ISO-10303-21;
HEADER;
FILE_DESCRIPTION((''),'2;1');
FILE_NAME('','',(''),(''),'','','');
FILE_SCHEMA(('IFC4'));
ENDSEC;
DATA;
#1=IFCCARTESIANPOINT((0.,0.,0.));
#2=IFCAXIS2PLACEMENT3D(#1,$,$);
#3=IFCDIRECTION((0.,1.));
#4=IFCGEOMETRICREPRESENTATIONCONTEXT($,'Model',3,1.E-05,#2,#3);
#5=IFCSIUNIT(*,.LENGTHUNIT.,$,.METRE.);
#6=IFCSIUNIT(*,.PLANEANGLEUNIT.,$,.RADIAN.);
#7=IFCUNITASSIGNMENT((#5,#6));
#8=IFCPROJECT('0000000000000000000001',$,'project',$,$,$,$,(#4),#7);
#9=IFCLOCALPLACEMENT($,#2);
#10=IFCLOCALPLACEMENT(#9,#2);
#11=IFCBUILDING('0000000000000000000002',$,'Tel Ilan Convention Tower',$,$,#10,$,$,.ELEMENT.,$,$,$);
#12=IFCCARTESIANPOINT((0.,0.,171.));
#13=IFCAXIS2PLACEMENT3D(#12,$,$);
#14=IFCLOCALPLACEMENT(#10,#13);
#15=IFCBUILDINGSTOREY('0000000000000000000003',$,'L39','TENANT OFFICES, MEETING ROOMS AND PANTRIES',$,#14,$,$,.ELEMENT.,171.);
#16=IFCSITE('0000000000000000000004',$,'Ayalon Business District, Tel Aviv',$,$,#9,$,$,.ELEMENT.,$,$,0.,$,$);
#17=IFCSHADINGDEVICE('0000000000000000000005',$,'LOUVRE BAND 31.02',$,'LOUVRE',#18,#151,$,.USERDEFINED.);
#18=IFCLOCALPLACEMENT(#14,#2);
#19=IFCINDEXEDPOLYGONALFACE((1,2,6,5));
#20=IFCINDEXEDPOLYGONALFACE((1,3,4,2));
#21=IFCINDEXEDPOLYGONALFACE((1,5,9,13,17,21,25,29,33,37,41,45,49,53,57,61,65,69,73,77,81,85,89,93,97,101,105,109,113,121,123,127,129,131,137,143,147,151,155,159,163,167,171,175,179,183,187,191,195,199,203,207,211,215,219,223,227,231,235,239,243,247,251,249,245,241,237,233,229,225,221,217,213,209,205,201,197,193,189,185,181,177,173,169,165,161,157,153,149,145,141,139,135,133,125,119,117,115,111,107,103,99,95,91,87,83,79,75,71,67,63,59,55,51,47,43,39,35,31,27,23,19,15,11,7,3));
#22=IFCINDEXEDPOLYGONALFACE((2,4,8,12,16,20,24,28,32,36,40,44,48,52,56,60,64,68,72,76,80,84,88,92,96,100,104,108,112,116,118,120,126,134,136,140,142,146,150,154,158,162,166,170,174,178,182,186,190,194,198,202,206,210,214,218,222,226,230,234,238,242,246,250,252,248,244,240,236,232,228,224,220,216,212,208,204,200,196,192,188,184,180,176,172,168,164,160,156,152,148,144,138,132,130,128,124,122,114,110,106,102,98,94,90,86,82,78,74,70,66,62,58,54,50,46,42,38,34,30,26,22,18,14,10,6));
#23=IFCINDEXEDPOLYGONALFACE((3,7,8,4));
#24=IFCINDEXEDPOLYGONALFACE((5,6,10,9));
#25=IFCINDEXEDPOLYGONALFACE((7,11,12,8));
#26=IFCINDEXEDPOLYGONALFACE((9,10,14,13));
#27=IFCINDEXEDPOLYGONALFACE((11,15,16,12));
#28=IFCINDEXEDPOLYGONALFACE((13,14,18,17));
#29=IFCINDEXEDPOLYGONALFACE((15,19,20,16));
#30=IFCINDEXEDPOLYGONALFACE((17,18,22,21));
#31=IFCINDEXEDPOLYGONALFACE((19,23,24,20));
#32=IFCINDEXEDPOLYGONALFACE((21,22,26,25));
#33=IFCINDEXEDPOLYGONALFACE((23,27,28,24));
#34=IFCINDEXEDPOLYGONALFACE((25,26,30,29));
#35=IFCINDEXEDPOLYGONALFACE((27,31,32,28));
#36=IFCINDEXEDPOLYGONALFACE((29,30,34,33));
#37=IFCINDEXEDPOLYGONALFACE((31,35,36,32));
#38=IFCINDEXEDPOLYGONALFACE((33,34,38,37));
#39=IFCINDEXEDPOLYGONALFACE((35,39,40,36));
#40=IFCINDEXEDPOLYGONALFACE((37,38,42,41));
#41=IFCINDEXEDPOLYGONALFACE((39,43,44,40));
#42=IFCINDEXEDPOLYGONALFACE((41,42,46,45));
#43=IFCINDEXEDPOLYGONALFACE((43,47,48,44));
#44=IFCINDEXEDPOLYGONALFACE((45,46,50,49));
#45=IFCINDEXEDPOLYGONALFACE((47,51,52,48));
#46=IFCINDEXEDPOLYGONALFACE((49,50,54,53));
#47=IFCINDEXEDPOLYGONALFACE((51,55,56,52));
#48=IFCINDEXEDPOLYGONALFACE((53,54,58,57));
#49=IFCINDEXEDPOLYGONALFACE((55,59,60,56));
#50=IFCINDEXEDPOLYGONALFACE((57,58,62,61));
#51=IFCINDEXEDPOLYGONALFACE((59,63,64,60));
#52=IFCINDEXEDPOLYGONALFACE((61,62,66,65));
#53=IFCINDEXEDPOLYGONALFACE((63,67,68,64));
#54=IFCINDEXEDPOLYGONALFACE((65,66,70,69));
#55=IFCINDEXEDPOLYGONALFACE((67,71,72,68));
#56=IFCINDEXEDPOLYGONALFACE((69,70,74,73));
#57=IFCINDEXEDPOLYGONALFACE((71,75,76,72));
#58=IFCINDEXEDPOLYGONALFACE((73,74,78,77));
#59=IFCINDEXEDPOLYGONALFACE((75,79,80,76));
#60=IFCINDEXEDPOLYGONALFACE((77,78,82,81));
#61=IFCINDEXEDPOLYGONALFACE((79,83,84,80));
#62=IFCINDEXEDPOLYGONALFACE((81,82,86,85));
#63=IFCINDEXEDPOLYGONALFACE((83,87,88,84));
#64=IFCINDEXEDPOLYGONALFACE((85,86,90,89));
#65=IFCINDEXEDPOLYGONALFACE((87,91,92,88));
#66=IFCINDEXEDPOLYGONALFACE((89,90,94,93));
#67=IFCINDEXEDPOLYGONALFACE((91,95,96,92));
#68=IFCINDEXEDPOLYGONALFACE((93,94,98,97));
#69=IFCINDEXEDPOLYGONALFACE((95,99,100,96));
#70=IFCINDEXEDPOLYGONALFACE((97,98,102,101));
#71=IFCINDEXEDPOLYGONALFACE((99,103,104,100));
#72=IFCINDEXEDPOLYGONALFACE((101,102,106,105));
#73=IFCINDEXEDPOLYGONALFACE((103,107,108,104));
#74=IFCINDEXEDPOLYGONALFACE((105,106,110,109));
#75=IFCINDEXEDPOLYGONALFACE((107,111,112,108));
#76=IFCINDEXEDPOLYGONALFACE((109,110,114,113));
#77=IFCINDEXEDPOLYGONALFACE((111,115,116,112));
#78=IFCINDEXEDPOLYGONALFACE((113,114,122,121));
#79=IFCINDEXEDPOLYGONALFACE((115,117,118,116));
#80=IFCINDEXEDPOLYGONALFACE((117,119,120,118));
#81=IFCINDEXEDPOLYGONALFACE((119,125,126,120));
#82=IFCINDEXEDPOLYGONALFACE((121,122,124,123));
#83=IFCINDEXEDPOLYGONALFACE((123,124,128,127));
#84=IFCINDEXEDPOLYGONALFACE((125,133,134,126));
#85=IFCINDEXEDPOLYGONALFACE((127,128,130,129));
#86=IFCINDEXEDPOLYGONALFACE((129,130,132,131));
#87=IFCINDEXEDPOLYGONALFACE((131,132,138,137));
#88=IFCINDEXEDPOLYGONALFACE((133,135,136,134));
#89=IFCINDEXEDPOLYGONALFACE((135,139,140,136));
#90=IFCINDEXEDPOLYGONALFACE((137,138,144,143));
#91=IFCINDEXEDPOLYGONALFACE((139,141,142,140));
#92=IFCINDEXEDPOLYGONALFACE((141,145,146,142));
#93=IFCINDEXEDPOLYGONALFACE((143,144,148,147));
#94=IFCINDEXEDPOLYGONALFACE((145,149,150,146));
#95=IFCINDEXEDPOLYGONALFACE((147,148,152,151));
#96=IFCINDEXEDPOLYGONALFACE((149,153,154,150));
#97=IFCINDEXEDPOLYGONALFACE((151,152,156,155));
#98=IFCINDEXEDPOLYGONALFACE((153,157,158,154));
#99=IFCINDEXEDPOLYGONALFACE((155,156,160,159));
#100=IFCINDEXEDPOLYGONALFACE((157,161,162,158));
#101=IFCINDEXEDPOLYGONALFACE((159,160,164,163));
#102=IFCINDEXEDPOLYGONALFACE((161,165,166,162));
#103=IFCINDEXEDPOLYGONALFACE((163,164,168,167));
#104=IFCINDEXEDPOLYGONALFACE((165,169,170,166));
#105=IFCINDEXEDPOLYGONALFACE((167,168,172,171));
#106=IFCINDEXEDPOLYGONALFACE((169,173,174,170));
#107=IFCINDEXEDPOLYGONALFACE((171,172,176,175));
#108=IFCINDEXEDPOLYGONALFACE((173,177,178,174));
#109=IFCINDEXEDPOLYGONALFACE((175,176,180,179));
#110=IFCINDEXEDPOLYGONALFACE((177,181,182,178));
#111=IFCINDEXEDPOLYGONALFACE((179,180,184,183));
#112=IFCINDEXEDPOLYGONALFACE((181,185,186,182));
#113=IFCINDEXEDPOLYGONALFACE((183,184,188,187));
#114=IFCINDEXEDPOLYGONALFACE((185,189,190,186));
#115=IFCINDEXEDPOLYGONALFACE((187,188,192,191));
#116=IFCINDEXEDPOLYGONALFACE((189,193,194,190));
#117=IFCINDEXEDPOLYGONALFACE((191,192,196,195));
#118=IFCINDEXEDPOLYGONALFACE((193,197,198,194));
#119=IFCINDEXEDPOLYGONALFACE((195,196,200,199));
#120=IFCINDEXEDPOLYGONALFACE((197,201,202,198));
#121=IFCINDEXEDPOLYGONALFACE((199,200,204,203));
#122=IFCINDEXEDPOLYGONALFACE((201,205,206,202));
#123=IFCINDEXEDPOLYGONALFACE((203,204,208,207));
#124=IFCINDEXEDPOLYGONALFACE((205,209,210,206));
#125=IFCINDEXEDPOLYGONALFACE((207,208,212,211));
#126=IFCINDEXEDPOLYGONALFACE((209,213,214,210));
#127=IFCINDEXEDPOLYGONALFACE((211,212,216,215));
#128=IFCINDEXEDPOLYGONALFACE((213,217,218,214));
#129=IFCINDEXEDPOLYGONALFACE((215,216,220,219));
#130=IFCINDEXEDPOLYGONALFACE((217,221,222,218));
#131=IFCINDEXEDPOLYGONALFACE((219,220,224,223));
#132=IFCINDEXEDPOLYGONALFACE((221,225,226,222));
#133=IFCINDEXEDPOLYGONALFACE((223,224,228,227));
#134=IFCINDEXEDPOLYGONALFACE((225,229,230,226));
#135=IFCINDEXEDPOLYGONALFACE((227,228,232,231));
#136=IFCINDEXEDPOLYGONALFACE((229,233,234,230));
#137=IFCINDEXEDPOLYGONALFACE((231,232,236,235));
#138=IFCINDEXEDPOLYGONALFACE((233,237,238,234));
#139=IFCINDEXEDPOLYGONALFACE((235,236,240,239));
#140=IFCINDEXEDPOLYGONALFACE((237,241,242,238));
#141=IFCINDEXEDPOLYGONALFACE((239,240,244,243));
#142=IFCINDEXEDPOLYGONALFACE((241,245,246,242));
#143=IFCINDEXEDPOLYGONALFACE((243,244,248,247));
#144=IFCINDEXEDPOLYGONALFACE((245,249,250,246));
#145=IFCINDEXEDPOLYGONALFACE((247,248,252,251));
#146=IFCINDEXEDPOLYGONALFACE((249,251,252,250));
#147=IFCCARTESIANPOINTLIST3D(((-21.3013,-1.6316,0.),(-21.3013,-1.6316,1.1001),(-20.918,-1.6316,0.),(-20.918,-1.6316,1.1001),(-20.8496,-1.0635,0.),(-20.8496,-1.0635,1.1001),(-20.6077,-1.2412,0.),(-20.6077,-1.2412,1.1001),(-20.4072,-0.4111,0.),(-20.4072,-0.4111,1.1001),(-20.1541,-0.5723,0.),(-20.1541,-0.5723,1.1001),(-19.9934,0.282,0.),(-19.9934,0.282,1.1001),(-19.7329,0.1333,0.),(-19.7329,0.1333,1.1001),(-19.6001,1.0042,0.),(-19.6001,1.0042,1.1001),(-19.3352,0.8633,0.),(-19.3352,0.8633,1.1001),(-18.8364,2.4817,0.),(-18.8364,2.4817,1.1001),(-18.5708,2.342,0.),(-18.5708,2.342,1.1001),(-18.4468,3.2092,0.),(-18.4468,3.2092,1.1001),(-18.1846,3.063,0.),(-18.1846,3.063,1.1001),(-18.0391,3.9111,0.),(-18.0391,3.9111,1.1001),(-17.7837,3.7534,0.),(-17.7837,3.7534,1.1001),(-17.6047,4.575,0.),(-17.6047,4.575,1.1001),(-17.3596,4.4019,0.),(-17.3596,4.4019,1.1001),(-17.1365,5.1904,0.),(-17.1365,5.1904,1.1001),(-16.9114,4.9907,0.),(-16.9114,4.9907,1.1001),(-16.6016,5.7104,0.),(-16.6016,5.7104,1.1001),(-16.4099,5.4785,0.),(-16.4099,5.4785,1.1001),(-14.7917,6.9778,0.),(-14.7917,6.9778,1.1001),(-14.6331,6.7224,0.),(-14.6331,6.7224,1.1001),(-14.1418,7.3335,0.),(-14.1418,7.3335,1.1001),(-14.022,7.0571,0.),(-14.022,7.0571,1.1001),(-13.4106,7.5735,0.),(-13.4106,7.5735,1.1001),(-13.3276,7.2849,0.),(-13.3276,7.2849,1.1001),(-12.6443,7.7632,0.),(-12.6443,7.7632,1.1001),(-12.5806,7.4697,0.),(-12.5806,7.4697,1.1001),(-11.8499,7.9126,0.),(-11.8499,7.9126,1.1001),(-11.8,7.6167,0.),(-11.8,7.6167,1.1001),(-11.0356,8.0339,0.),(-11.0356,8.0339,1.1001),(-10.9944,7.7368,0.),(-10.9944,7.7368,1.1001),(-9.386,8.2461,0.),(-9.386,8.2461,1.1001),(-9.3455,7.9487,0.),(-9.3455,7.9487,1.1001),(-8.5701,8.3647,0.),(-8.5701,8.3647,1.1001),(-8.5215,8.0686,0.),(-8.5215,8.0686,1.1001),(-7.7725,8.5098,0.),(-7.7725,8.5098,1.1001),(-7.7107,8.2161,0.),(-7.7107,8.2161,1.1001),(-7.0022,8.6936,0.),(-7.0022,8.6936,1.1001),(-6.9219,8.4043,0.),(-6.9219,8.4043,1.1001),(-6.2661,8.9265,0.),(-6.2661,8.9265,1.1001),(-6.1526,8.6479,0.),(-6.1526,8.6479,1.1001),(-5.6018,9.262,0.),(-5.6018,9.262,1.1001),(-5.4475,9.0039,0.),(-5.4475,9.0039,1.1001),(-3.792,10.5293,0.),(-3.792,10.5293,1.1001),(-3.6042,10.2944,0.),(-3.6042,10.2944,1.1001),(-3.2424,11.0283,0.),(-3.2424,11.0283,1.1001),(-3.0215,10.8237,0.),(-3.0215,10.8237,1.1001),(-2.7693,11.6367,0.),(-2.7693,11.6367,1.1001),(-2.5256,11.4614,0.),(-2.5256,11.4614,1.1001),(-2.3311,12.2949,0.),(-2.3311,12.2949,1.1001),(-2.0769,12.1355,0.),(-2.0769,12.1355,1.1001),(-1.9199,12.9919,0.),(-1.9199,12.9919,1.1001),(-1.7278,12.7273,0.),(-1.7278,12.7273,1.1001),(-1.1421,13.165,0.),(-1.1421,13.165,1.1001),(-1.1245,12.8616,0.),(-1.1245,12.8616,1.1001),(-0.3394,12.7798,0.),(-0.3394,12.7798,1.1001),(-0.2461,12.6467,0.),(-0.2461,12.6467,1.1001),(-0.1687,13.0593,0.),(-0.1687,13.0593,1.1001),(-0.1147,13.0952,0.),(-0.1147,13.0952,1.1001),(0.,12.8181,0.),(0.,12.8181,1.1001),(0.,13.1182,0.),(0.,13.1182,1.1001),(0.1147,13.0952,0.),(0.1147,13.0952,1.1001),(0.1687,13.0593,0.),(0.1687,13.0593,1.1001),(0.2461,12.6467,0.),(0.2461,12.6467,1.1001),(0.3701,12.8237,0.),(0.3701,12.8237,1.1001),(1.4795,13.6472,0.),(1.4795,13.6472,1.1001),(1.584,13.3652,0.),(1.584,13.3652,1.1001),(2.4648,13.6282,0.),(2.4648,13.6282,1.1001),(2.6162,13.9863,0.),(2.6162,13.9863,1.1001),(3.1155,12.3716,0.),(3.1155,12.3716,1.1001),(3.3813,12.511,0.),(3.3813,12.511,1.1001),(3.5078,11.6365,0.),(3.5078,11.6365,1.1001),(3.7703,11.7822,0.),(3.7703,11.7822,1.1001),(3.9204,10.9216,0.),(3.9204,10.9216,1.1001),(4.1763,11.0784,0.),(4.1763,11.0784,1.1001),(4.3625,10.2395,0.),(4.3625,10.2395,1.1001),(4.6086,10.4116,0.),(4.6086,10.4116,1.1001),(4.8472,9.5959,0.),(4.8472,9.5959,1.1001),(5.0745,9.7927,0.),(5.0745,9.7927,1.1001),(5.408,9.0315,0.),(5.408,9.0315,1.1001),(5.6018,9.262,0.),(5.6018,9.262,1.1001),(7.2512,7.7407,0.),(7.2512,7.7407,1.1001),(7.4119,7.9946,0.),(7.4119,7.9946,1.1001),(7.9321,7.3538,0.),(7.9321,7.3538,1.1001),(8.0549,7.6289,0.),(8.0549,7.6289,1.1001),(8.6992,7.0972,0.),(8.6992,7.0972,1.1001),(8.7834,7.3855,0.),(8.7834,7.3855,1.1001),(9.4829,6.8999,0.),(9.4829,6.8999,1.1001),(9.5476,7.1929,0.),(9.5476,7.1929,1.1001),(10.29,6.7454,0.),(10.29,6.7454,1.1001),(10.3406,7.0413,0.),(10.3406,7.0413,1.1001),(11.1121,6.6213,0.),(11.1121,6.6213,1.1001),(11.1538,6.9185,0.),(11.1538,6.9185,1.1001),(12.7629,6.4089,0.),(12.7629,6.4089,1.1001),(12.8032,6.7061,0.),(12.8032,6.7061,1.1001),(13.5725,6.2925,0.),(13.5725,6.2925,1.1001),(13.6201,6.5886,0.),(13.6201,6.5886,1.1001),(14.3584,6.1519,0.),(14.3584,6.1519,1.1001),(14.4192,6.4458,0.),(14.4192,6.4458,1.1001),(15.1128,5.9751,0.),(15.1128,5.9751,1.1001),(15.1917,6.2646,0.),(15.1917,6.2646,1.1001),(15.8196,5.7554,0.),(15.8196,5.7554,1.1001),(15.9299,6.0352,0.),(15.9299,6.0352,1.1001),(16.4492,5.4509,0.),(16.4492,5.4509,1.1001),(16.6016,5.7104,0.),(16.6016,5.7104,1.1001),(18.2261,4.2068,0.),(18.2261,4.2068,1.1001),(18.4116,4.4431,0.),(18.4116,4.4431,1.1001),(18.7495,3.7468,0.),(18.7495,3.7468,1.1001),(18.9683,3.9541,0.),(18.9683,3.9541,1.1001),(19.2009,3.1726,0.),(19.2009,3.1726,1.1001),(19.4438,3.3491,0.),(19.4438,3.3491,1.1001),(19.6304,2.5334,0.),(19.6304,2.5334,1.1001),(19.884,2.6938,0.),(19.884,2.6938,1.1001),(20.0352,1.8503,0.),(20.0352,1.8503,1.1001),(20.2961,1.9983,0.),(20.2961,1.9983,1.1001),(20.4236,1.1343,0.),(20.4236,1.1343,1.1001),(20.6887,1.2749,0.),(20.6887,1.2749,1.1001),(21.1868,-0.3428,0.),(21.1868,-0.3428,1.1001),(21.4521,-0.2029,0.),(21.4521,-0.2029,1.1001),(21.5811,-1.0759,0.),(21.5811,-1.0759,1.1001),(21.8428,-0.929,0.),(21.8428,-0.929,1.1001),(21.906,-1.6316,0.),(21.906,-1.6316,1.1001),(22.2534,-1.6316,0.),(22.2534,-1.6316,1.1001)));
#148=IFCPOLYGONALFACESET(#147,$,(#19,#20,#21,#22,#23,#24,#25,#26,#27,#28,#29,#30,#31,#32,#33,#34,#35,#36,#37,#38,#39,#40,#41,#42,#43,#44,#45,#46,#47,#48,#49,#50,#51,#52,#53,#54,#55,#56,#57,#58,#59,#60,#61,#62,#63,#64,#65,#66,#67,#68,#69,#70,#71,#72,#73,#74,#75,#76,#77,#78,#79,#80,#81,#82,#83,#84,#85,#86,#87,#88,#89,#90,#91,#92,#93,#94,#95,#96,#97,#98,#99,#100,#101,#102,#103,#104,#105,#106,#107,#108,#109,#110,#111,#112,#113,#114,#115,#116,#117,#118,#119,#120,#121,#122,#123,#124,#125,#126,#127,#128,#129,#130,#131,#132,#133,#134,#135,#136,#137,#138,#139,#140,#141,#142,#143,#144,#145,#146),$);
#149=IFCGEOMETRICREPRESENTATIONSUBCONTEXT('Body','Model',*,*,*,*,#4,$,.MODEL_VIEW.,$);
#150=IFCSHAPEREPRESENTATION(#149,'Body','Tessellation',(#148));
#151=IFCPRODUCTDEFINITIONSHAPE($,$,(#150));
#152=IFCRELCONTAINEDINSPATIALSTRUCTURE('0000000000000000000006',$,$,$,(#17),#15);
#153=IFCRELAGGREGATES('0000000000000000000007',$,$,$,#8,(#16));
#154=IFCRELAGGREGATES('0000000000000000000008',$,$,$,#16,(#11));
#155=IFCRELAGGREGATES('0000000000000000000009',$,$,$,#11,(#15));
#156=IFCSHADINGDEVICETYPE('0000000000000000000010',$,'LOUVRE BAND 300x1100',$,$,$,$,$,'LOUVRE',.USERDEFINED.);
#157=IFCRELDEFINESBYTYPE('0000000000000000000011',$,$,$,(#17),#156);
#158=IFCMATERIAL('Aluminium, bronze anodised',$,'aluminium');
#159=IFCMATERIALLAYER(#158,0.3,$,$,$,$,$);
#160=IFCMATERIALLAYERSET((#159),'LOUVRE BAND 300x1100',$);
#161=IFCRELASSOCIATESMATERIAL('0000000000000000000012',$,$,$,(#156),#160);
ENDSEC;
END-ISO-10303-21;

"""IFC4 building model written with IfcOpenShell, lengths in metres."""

from ifc_helpers import new_model, si_unit, direction, frame, origin, place, context, subcontext, project, spatial, polyline, outline, extrude, material, layer, layer_set, type_object, element, save


model = new_model("IFC4")

# Units and contexts
model_context = context("Model", 3, precision=1e-05, world=origin(), true_north=direction((0.0, 1.0)))
body_context = subcontext(model_context, "Body", "Model", "MODEL_VIEW")
ifc_project = project(units=[si_unit("LENGTHUNIT", "METRE"), si_unit("PLANEANGLEUNIT", "RADIAN")], contexts=[model_context])

# Site, building, storey
site_placement = place(None, origin())
site = spatial("IfcSite", under=ifc_project, at=site_placement, Name="Ayalon Business District, Tel Aviv", CompositionType="ELEMENT", RefElevation=0.0)
building_placement = place(site_placement, origin())
building = spatial("IfcBuilding", under=site, at=building_placement, Name="Tel Ilan Convention Tower", CompositionType="ELEMENT")
storey_placement = place(building_placement, frame((0.0, 0.0, 171.0)))
storey = spatial("IfcBuildingStorey", under=building, at=storey_placement, Name="L39", Description="TENANT OFFICES, MEETING ROOMS AND PANTRIES", CompositionType="ELEMENT", Elevation=171.0)

# Shading device
ifc_material_1 = material(Name="Aluminium, bronze anodised", Category="aluminium")
ifc_layer_1 = layer(ifc_material_1, 0.3)
ifc_layer_set_1 = layer_set([ifc_layer_1], Name="LOUVRE BAND 300x1100")
shading_device_type = type_object("IfcShadingDeviceType", Name="LOUVRE BAND 300x1100", ElementType="LOUVRE", PredefinedType="USERDEFINED", material=ifc_layer_set_1)
shading_device_1_placement = place(storey_placement, origin())
element("IfcShadingDevice", 1, at=shading_device_1_placement, inside=storey, type_object=shading_device_type, Name="LOUVRE BAND 31.02", ObjectType="LOUVRE", PredefinedType="USERDEFINED", context=body_context, shape_type="SweptSolid", body=[
    extrude(outline(polyline([(-20.8496, -1.0635), (-21.3013, -1.6316), (-20.918, -1.6316), (-20.6077, -1.2412), (-20.1541, -0.5723), (-19.7329, 0.1333), (-19.3352, 0.8633), (-18.5708, 2.342), (-18.1846, 3.063), (-17.7837, 3.7534), (-17.3596, 4.4019), (-16.9114, 4.9907), (-16.4099, 5.4785), (-14.6331, 6.7224), (-14.022, 7.0571), (-13.3276, 7.2849), (-12.5806, 7.4697), (-11.8, 7.6167), (-10.9944, 7.7368), (-9.3455, 7.9487), (-8.5215, 8.0686), (-7.7107, 8.2161), (-6.9219, 8.4043), (-6.1526, 8.6479), (-5.4475, 9.0039), (-3.6042, 10.2944), (-3.0215, 10.8237), (-2.5256, 11.4614), (-2.0769, 12.1355), (-1.7278, 12.7273), (-1.1245, 12.8616), (-0.3394, 12.7798), (-0.2461, 12.6467), (0.0, 12.8181), (0.2461, 12.6467), (0.3701, 12.8237), (1.584, 13.3652), (2.4648, 13.6282), (3.1155, 12.3716), (3.5078, 11.6365), (3.9204, 10.9216), (4.3625, 10.2395), (4.8472, 9.5959), (5.408, 9.0315), (7.2512, 7.7407), (7.9321, 7.3538), (8.6992, 7.0972), (9.4829, 6.8999), (10.29, 6.7454), (11.1121, 6.6213), (12.7629, 6.4089), (13.5725, 6.2925), (14.3584, 6.1519), (15.1128, 5.9751), (15.8196, 5.7554), (16.4492, 5.4509), (18.2261, 4.2068), (18.7495, 3.7468), (19.2009, 3.1726), (19.6304, 2.5334), (20.0352, 1.8503), (20.4236, 1.1343), (21.1868, -0.3428), (21.5811, -1.0759), (21.906, -1.6316), (22.2534, -1.6316), (21.8428, -0.929), (21.4521, -0.2029), (20.6887, 1.2749), (20.2961, 1.9983), (19.884, 2.6938), (19.4438, 3.3491), (18.9683, 3.9541), (18.4116, 4.4431), (16.6016, 5.7104), (15.9299, 6.0352), (15.1917, 6.2646), (14.4192, 6.4458), (13.6201, 6.5886), (12.8032, 6.7061), (11.1538, 6.9185), (10.3406, 7.0413), (9.5476, 7.1929), (8.7834, 7.3855), (8.0549, 7.6289), (7.4119, 7.9946), (5.6018, 9.262), (5.0745, 9.7927), (4.6086, 10.4116), (4.1763, 11.0784), (3.7703, 11.7822), (3.3813, 12.511), (2.6162, 13.9863), (1.4795, 13.6472), (0.1687, 13.0593), (0.1147, 13.0952), (0.0, 13.1182), (-0.1147, 13.0952), (-0.1687, 13.0593), (-1.1421, 13.165), (-1.9199, 12.9919), (-2.3311, 12.2949), (-2.7693, 11.6367), (-3.2424, 11.0283), (-3.792, 10.5293), (-5.6018, 9.262), (-6.2661, 8.9265), (-7.0022, 8.6936), (-7.7725, 8.5098), (-8.5701, 8.3647), (-9.386, 8.2461), (-11.0356, 8.0339), (-11.8499, 7.9126), (-12.6443, 7.7632), (-13.4106, 7.5735), (-14.1418, 7.3335), (-14.7917, 6.9778), (-16.6016, 5.7104), (-17.1365, 5.1904), (-17.6047, 4.575), (-18.0391, 3.9111), (-18.4468, 3.2092), (-18.8364, 2.4817), (-19.6001, 1.0042), (-19.9934, 0.282), (-20.4072, -0.4111), (-20.8496, -1.0635)])), origin(), (0.0, 0.0, 1.0), 1.1001),
])

save(model, "model.ifc")
